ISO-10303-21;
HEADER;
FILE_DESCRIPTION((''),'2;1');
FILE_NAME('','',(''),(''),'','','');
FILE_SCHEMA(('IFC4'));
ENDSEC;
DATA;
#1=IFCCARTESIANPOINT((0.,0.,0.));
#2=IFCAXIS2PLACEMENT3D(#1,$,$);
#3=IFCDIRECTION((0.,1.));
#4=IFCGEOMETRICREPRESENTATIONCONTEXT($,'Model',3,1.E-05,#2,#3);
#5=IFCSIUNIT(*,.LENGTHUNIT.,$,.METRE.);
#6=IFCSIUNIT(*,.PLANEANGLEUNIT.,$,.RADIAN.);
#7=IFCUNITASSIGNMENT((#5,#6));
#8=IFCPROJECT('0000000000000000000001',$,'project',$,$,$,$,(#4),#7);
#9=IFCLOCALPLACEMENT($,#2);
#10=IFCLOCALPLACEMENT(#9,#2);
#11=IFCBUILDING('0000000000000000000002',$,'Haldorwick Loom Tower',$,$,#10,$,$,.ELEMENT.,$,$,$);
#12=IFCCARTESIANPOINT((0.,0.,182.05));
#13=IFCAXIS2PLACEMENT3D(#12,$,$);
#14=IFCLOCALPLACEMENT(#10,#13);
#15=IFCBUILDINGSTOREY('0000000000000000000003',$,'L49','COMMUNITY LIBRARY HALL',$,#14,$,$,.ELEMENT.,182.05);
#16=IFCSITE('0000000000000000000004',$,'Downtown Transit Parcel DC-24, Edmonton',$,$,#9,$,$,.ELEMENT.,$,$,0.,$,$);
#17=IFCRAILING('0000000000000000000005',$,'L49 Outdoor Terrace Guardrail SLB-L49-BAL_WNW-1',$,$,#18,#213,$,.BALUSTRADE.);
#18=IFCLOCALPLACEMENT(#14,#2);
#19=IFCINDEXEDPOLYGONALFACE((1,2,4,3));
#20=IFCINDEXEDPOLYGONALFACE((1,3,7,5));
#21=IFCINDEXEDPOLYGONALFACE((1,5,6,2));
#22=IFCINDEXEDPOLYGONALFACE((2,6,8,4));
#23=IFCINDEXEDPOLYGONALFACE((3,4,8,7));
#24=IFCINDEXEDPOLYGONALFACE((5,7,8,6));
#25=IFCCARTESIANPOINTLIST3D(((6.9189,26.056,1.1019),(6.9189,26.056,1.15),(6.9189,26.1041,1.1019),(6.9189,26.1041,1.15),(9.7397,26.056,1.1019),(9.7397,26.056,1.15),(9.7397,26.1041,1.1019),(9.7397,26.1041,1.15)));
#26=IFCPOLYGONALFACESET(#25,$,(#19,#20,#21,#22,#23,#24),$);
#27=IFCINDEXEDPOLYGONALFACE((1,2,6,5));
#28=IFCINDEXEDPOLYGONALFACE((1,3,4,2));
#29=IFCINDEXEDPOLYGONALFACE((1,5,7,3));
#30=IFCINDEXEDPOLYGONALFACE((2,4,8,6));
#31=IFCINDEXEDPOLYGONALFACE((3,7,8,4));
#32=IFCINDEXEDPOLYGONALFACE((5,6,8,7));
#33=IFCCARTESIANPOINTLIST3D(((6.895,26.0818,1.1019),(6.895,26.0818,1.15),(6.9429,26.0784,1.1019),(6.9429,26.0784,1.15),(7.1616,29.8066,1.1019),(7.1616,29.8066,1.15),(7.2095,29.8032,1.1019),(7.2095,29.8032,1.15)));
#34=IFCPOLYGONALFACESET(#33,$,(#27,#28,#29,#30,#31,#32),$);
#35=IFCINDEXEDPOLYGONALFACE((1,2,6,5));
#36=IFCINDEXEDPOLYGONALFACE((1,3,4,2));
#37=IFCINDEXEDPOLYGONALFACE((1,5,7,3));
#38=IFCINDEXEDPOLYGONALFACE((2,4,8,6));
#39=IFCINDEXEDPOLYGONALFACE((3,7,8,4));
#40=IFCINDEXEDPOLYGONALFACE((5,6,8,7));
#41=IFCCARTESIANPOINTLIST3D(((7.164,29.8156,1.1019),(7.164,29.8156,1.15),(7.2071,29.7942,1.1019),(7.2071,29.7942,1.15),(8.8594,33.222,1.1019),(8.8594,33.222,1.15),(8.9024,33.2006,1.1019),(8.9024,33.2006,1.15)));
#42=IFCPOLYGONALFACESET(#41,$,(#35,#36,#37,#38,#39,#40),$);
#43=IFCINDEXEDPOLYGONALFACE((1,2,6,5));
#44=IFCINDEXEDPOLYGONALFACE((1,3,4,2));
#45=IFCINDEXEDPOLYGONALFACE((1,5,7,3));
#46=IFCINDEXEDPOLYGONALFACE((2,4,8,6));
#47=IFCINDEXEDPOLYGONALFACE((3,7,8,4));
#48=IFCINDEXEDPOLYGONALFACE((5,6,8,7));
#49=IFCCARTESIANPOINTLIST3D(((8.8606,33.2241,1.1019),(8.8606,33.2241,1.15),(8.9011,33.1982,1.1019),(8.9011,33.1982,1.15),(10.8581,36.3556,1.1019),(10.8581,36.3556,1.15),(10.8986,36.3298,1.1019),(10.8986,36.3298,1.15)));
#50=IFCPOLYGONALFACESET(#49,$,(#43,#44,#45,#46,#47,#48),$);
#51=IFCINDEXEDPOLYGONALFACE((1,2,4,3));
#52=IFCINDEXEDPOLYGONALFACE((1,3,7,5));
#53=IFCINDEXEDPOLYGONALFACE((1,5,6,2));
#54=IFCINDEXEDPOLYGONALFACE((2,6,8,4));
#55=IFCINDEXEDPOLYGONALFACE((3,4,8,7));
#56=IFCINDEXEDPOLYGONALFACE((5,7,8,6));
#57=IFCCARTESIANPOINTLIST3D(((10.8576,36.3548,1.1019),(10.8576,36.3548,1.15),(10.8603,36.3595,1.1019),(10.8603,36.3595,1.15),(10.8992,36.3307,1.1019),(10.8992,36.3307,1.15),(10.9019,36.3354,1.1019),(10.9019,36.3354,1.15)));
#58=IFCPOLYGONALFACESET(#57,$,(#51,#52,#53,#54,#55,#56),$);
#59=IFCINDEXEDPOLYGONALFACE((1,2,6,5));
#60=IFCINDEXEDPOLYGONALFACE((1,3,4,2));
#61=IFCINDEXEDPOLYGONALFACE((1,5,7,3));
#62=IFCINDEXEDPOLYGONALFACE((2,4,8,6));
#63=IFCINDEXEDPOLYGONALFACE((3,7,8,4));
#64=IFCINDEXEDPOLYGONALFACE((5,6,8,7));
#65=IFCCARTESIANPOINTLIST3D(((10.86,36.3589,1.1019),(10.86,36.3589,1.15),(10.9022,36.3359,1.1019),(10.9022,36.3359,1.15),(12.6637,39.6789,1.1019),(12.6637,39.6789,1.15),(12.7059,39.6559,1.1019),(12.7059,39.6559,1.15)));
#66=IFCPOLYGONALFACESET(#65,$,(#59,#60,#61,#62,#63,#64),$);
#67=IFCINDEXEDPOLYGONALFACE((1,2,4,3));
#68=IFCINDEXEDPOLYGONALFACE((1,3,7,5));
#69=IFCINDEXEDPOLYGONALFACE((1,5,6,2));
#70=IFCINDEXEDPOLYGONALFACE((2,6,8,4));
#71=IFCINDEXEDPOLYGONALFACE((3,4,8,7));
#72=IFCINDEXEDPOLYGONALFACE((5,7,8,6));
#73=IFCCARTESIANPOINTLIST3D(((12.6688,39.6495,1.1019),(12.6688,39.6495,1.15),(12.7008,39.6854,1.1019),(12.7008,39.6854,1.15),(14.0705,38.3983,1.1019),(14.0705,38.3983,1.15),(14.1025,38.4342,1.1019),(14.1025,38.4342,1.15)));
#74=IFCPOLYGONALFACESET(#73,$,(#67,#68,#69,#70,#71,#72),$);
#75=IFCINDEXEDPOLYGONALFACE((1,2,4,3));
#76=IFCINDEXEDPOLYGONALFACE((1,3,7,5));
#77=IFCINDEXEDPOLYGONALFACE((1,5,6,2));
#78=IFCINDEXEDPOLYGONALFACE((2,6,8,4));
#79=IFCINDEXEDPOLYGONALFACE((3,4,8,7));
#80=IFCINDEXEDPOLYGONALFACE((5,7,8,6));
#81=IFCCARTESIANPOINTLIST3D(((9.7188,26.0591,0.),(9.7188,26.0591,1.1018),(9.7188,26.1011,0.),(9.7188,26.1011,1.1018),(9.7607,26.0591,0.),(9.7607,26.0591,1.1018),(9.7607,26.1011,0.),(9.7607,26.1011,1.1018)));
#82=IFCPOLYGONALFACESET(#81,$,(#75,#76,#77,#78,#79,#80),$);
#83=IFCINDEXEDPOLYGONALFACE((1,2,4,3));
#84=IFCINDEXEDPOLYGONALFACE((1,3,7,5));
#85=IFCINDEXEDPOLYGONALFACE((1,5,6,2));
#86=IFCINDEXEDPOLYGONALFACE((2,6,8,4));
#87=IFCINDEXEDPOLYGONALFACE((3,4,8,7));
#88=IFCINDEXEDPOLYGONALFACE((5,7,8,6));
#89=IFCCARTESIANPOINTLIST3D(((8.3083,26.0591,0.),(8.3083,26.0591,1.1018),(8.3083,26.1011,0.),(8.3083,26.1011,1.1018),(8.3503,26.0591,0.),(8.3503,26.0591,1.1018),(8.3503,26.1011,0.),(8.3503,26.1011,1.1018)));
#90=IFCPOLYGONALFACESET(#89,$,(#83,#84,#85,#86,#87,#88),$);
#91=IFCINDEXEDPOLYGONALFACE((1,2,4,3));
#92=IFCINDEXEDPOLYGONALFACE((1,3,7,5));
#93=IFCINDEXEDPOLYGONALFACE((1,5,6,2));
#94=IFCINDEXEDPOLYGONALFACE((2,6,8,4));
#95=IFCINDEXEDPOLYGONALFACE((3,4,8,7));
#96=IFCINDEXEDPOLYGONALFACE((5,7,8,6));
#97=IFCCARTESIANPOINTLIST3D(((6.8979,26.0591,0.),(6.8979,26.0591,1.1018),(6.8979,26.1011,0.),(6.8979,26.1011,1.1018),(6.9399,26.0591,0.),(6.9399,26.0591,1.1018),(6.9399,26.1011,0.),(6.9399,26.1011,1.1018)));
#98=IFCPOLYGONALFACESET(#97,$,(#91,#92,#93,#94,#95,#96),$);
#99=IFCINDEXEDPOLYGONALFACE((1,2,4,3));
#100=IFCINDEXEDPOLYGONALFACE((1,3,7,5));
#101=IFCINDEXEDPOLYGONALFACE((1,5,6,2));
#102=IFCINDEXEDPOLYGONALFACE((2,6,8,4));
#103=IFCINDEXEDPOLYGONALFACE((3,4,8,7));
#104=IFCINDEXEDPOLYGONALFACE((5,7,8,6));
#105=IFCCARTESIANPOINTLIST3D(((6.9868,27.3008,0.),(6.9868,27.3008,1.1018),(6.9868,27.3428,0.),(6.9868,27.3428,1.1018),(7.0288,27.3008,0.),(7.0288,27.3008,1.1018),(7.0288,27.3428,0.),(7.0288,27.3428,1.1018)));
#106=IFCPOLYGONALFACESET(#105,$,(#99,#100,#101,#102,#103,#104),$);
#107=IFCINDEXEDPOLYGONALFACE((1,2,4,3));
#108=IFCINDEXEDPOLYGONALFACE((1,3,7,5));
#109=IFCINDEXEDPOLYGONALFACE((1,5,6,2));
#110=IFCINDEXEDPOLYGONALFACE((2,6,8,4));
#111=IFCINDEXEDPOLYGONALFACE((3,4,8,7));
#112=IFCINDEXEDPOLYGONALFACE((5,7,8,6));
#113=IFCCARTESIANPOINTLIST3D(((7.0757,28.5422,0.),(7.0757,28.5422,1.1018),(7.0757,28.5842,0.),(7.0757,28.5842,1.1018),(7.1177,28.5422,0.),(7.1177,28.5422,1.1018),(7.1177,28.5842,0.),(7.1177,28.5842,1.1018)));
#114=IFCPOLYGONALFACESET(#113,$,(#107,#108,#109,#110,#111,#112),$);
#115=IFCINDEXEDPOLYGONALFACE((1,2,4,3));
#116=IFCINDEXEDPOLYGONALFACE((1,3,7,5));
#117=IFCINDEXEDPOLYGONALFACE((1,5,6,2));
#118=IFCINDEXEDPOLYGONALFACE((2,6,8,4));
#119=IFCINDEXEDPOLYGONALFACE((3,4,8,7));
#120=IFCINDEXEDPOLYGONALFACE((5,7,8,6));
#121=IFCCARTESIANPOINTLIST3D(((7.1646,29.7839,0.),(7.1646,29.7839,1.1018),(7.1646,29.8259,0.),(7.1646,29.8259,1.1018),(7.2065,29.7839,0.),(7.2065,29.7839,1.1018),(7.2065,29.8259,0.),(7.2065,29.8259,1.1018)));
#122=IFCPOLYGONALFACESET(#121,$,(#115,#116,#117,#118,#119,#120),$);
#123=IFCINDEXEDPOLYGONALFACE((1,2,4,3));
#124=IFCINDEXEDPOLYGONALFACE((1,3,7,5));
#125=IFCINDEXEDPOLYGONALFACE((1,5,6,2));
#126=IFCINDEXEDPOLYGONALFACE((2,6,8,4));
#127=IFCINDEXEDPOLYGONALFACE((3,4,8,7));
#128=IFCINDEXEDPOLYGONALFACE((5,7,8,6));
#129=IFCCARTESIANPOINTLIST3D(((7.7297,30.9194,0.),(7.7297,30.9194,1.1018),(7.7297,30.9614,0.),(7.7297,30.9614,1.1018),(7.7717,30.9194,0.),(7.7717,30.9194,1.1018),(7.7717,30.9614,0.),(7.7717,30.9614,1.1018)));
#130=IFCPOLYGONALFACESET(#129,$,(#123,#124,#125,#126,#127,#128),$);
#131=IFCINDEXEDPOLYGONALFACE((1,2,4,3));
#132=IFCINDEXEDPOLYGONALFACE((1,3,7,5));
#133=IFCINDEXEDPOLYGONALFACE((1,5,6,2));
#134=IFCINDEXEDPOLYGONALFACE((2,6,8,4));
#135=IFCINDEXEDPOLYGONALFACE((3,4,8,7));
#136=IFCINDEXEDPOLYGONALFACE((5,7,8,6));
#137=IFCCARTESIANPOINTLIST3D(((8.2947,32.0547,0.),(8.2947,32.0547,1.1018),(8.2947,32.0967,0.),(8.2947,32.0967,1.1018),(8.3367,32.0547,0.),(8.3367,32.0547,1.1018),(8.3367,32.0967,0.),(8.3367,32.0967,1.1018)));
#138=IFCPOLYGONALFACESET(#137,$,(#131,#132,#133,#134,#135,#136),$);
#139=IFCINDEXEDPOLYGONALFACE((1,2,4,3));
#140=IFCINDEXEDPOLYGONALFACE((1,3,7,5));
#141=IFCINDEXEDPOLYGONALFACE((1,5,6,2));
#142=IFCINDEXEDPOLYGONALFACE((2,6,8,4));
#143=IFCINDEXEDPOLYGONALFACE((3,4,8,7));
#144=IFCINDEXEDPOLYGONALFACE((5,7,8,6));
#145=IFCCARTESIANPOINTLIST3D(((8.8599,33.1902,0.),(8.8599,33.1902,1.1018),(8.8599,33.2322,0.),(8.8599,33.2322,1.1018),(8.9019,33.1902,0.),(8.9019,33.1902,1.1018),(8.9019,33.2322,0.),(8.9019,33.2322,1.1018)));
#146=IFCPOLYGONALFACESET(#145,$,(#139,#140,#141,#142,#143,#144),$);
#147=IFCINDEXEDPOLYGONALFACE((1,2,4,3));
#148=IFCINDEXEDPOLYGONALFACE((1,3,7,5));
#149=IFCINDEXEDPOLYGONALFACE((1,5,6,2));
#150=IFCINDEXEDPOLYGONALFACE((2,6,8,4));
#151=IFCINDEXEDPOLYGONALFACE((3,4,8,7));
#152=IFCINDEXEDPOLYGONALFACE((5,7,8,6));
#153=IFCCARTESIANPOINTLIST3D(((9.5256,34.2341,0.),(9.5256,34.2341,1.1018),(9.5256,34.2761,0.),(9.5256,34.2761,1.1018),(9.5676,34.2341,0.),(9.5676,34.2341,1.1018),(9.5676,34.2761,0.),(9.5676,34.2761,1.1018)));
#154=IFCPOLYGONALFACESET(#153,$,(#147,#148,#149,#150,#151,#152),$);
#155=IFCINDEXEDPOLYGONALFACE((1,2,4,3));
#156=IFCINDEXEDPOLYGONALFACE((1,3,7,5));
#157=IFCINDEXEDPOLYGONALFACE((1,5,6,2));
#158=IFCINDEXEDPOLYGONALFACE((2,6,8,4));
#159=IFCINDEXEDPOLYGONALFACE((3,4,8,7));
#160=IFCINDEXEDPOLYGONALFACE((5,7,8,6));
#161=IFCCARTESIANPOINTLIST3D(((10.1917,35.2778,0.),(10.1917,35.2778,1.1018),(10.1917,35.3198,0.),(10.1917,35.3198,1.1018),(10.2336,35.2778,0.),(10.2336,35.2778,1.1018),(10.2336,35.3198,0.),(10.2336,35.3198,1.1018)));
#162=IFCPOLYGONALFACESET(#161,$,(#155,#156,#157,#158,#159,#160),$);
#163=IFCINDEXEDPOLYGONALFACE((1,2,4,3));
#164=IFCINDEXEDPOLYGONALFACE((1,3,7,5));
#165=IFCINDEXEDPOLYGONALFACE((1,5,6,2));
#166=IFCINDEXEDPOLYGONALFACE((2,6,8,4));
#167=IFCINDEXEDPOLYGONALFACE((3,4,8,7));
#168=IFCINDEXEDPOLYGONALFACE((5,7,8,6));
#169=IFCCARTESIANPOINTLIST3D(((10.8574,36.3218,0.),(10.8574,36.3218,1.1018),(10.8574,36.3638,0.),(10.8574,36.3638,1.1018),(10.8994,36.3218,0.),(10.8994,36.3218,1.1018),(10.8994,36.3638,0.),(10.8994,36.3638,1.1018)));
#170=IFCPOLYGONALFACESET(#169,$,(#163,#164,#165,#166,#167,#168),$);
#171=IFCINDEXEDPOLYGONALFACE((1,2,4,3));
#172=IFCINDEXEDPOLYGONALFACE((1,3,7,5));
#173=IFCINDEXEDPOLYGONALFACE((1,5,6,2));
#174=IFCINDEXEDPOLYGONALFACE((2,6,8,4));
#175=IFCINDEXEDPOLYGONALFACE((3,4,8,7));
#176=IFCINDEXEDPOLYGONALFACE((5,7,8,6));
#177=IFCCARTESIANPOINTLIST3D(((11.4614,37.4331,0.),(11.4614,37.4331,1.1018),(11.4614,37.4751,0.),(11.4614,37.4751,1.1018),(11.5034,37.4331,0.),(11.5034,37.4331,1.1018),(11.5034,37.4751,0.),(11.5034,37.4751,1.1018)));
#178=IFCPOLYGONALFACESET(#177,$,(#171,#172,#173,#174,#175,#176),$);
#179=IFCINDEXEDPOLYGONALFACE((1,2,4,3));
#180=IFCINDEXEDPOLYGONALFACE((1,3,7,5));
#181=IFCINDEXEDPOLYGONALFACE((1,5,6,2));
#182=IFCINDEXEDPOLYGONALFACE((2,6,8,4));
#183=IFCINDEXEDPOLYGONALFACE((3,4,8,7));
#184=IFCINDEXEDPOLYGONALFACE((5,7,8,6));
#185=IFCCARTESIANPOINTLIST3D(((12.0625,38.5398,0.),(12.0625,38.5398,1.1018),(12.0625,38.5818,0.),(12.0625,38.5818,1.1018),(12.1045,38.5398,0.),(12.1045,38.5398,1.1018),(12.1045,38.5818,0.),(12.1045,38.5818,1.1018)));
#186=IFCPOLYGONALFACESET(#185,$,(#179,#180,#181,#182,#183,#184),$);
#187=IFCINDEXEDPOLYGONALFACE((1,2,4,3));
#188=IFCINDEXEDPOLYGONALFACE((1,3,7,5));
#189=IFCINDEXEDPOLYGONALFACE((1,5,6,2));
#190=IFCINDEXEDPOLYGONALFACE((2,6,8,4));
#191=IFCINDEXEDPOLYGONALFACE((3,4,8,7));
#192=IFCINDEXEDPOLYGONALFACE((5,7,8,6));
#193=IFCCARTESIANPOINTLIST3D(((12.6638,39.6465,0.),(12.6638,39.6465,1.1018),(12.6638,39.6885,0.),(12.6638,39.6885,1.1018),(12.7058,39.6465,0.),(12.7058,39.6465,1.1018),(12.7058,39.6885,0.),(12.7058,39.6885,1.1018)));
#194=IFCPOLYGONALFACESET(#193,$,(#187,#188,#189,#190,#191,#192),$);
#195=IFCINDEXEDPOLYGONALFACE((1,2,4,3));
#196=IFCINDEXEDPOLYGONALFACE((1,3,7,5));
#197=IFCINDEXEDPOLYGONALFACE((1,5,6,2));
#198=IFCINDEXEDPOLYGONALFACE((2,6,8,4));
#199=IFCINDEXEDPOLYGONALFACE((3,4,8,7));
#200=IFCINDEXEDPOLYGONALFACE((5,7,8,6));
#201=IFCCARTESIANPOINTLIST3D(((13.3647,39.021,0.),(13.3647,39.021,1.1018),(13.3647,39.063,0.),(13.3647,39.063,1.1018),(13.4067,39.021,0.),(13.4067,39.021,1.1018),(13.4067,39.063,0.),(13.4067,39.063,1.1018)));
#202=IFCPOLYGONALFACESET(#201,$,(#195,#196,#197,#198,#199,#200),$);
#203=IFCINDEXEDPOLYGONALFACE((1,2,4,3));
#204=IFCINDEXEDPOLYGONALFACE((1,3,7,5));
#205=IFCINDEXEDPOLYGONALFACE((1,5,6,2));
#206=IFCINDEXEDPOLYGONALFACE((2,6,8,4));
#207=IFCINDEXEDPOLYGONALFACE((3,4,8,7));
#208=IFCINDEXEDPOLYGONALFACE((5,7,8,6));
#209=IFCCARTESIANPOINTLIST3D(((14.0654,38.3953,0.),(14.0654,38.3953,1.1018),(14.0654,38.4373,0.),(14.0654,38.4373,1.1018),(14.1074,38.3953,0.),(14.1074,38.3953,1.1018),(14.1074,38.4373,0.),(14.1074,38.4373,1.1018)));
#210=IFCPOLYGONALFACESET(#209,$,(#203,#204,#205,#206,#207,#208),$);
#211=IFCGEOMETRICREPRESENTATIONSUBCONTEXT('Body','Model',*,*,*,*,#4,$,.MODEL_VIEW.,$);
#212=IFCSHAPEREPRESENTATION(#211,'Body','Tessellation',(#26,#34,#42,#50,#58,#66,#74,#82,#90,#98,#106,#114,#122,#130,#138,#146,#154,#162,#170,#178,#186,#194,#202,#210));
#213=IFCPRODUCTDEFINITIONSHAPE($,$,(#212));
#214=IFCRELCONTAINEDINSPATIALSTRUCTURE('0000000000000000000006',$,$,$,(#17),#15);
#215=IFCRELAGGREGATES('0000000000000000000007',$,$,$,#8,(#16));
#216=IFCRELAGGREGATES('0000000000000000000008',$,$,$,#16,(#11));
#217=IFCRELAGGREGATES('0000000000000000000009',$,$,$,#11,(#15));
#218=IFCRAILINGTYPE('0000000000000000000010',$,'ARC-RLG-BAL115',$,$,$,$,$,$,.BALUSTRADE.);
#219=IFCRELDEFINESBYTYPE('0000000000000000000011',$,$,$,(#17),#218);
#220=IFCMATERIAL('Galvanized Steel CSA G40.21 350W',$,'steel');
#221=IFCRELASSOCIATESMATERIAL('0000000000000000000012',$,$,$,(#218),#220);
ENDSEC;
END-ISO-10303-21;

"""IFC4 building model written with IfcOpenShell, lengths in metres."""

from ifc_helpers import new_model, si_unit, direction, frame, origin, origin_2d, place, context, subcontext, project, spatial, rectangle, extrude, material, type_object, element, save


model = new_model("IFC4")

# Units and contexts
model_context = context("Model", 3, precision=1e-05, world=origin(), true_north=direction((0.0, 1.0)))
body_context = subcontext(model_context, "Body", "Model", "MODEL_VIEW")
ifc_project = project(units=[si_unit("LENGTHUNIT", "METRE"), si_unit("PLANEANGLEUNIT", "RADIAN")], contexts=[model_context])

# Site, building, storey
site_placement = place(None, origin())
site = spatial("IfcSite", under=ifc_project, at=site_placement, Name="Downtown Transit Parcel DC-24, Edmonton", CompositionType="ELEMENT", RefElevation=0.0)
building_placement = place(site_placement, origin())
building = spatial("IfcBuilding", under=site, at=building_placement, Name="Haldorwick Loom Tower", CompositionType="ELEMENT")
storey_placement = place(building_placement, frame((0.0, 0.0, 182.05)))
storey = spatial("IfcBuildingStorey", under=building, at=storey_placement, Name="L49", Description="COMMUNITY LIBRARY HALL", CompositionType="ELEMENT", Elevation=182.05)

# Railing
ifc_material_1 = material(Name="Galvanized Steel CSA G40.21 350W", Category="steel")
railing_type = type_object("IfcRailingType", Name="ARC-RLG-BAL115", PredefinedType="BALUSTRADE", material=ifc_material_1)
railing_placement = place(storey_placement, frame((9.7397, 26.0801, 0.0)))
element("IfcRailing", 1, at=railing_placement, inside=storey, type_object=railing_type, Name="L49 Outdoor Terrace Guardrail SLB-L49-BAL_WNW-1", PredefinedType="BALUSTRADE", context=body_context, shape_type="SweptSolid", body=[
    extrude(rectangle(XDim=0.0481, YDim=0.0481, at=origin_2d()), frame((0.0, 0.0, 1.126), z_axis=(-1.0, 0.0, 0.0), x_axis=(0.0, -1.0, 0.0)), (0.0, 0.0, 1.0), 2.8208),
    extrude(rectangle(XDim=0.0481, YDim=0.0481, at=origin_2d()), frame((-2.8208, 0.0, 1.126), z_axis=(0.071391, 0.997448, 0.0), x_axis=(-0.997448, 0.071391, 0.0)), (0.0, 0.0, 1.0), 3.7344),
    extrude(rectangle(XDim=0.0481, YDim=0.0481, at=origin_2d()), frame((-2.5542, 3.7249, 1.126), z_axis=(0.44557, 0.895247, 0.0), x_axis=(-0.895247, 0.44557, 0.0)), (0.0, 0.0, 1.0), 3.8049),
    extrude(rectangle(XDim=0.0481, YDim=0.0481, at=origin_2d()), frame((-0.8589, 7.1311, 1.126), z_axis=(0.537781, 0.843085, 0.0), x_axis=(-0.843085, 0.537781, 0.0)), (0.0, 0.0, 1.0), 3.7144),
    extrude(rectangle(XDim=0.0481, YDim=0.0481, at=origin_2d()), frame((1.1387, 10.2627, 1.126), z_axis=(0.501036, 0.865426, 0.0), x_axis=(-0.865426, 0.501036, 0.0)), (0.0, 0.0, 1.0), 0.0054),
    extrude(rectangle(XDim=0.0481, YDim=0.0481, at=origin_2d()), frame((1.1414, 10.2673, 1.126), z_axis=(0.477376, 0.878699, 0.0), x_axis=(-0.878699, 0.477376, 0.0)), (0.0, 0.0, 1.0), 3.7783),
    extrude(rectangle(XDim=0.0481, YDim=0.0481, at=origin_2d()), frame((2.9451, 13.5874, 1.126), z_axis=(0.745995, -0.665951, 0.0), x_axis=(0.665951, 0.745995, 0.0)), (0.0, 0.0, 1.0), 1.8789),
    extrude(rectangle(XDim=0.042, YDim=0.042, at=origin_2d()), origin(), (0.0, 0.0, 1.0), 1.1018),
    extrude(rectangle(XDim=0.042, YDim=0.042, at=origin_2d()), frame((-1.4104, 0.0, 0.0)), (0.0, 0.0, 1.0), 1.1018),
    extrude(rectangle(XDim=0.042, YDim=0.042, at=origin_2d()), frame((-2.8208, 0.0, 0.0)), (0.0, 0.0, 1.0), 1.1018),
    extrude(rectangle(XDim=0.042, YDim=0.042, at=origin_2d()), frame((-2.7319, 1.2417, 0.0)), (0.0, 0.0, 1.0), 1.1018),
    extrude(rectangle(XDim=0.042, YDim=0.042, at=origin_2d()), frame((-2.6431, 2.4832, 0.0)), (0.0, 0.0, 1.0), 1.1018),
    extrude(rectangle(XDim=0.042, YDim=0.042, at=origin_2d()), frame((-2.5542, 3.7249, 0.0)), (0.0, 0.0, 1.0), 1.1018),
    extrude(rectangle(XDim=0.042, YDim=0.042, at=origin_2d()), frame((-1.989, 4.8604, 0.0)), (0.0, 0.0, 1.0), 1.1018),
    extrude(rectangle(XDim=0.042, YDim=0.042, at=origin_2d()), frame((-1.4241, 5.9956, 0.0)), (0.0, 0.0, 1.0), 1.1018),
    extrude(rectangle(XDim=0.042, YDim=0.042, at=origin_2d()), frame((-0.8589, 7.1311, 0.0)), (0.0, 0.0, 1.0), 1.1018),
    extrude(rectangle(XDim=0.042, YDim=0.042, at=origin_2d()), frame((-0.1931, 8.175, 0.0)), (0.0, 0.0, 1.0), 1.1018),
    extrude(rectangle(XDim=0.042, YDim=0.042, at=origin_2d()), frame((0.4729, 9.2188, 0.0)), (0.0, 0.0, 1.0), 1.1018),
    extrude(rectangle(XDim=0.042, YDim=0.042, at=origin_2d()), frame((1.1387, 10.2627, 0.0)), (0.0, 0.0, 1.0), 1.1018),
    extrude(rectangle(XDim=0.042, YDim=0.042, at=origin_2d()), frame((1.7427, 11.374, 0.0)), (0.0, 0.0, 1.0), 1.1018),
    extrude(rectangle(XDim=0.042, YDim=0.042, at=origin_2d()), frame((2.3438, 12.4807, 0.0)), (0.0, 0.0, 1.0), 1.1018),
    extrude(rectangle(XDim=0.042, YDim=0.042, at=origin_2d()), frame((2.9451, 13.5874, 0.0)), (0.0, 0.0, 1.0), 1.1018),
    extrude(rectangle(XDim=0.042, YDim=0.042, at=origin_2d()), frame((3.646, 12.9619, 0.0)), (0.0, 0.0, 1.0), 1.1018),
    extrude(rectangle(XDim=0.042, YDim=0.042, at=origin_2d()), frame((4.3467, 12.3362, 0.0)), (0.0, 0.0, 1.0), 1.1018),
])

save(model, "model.ifc")
